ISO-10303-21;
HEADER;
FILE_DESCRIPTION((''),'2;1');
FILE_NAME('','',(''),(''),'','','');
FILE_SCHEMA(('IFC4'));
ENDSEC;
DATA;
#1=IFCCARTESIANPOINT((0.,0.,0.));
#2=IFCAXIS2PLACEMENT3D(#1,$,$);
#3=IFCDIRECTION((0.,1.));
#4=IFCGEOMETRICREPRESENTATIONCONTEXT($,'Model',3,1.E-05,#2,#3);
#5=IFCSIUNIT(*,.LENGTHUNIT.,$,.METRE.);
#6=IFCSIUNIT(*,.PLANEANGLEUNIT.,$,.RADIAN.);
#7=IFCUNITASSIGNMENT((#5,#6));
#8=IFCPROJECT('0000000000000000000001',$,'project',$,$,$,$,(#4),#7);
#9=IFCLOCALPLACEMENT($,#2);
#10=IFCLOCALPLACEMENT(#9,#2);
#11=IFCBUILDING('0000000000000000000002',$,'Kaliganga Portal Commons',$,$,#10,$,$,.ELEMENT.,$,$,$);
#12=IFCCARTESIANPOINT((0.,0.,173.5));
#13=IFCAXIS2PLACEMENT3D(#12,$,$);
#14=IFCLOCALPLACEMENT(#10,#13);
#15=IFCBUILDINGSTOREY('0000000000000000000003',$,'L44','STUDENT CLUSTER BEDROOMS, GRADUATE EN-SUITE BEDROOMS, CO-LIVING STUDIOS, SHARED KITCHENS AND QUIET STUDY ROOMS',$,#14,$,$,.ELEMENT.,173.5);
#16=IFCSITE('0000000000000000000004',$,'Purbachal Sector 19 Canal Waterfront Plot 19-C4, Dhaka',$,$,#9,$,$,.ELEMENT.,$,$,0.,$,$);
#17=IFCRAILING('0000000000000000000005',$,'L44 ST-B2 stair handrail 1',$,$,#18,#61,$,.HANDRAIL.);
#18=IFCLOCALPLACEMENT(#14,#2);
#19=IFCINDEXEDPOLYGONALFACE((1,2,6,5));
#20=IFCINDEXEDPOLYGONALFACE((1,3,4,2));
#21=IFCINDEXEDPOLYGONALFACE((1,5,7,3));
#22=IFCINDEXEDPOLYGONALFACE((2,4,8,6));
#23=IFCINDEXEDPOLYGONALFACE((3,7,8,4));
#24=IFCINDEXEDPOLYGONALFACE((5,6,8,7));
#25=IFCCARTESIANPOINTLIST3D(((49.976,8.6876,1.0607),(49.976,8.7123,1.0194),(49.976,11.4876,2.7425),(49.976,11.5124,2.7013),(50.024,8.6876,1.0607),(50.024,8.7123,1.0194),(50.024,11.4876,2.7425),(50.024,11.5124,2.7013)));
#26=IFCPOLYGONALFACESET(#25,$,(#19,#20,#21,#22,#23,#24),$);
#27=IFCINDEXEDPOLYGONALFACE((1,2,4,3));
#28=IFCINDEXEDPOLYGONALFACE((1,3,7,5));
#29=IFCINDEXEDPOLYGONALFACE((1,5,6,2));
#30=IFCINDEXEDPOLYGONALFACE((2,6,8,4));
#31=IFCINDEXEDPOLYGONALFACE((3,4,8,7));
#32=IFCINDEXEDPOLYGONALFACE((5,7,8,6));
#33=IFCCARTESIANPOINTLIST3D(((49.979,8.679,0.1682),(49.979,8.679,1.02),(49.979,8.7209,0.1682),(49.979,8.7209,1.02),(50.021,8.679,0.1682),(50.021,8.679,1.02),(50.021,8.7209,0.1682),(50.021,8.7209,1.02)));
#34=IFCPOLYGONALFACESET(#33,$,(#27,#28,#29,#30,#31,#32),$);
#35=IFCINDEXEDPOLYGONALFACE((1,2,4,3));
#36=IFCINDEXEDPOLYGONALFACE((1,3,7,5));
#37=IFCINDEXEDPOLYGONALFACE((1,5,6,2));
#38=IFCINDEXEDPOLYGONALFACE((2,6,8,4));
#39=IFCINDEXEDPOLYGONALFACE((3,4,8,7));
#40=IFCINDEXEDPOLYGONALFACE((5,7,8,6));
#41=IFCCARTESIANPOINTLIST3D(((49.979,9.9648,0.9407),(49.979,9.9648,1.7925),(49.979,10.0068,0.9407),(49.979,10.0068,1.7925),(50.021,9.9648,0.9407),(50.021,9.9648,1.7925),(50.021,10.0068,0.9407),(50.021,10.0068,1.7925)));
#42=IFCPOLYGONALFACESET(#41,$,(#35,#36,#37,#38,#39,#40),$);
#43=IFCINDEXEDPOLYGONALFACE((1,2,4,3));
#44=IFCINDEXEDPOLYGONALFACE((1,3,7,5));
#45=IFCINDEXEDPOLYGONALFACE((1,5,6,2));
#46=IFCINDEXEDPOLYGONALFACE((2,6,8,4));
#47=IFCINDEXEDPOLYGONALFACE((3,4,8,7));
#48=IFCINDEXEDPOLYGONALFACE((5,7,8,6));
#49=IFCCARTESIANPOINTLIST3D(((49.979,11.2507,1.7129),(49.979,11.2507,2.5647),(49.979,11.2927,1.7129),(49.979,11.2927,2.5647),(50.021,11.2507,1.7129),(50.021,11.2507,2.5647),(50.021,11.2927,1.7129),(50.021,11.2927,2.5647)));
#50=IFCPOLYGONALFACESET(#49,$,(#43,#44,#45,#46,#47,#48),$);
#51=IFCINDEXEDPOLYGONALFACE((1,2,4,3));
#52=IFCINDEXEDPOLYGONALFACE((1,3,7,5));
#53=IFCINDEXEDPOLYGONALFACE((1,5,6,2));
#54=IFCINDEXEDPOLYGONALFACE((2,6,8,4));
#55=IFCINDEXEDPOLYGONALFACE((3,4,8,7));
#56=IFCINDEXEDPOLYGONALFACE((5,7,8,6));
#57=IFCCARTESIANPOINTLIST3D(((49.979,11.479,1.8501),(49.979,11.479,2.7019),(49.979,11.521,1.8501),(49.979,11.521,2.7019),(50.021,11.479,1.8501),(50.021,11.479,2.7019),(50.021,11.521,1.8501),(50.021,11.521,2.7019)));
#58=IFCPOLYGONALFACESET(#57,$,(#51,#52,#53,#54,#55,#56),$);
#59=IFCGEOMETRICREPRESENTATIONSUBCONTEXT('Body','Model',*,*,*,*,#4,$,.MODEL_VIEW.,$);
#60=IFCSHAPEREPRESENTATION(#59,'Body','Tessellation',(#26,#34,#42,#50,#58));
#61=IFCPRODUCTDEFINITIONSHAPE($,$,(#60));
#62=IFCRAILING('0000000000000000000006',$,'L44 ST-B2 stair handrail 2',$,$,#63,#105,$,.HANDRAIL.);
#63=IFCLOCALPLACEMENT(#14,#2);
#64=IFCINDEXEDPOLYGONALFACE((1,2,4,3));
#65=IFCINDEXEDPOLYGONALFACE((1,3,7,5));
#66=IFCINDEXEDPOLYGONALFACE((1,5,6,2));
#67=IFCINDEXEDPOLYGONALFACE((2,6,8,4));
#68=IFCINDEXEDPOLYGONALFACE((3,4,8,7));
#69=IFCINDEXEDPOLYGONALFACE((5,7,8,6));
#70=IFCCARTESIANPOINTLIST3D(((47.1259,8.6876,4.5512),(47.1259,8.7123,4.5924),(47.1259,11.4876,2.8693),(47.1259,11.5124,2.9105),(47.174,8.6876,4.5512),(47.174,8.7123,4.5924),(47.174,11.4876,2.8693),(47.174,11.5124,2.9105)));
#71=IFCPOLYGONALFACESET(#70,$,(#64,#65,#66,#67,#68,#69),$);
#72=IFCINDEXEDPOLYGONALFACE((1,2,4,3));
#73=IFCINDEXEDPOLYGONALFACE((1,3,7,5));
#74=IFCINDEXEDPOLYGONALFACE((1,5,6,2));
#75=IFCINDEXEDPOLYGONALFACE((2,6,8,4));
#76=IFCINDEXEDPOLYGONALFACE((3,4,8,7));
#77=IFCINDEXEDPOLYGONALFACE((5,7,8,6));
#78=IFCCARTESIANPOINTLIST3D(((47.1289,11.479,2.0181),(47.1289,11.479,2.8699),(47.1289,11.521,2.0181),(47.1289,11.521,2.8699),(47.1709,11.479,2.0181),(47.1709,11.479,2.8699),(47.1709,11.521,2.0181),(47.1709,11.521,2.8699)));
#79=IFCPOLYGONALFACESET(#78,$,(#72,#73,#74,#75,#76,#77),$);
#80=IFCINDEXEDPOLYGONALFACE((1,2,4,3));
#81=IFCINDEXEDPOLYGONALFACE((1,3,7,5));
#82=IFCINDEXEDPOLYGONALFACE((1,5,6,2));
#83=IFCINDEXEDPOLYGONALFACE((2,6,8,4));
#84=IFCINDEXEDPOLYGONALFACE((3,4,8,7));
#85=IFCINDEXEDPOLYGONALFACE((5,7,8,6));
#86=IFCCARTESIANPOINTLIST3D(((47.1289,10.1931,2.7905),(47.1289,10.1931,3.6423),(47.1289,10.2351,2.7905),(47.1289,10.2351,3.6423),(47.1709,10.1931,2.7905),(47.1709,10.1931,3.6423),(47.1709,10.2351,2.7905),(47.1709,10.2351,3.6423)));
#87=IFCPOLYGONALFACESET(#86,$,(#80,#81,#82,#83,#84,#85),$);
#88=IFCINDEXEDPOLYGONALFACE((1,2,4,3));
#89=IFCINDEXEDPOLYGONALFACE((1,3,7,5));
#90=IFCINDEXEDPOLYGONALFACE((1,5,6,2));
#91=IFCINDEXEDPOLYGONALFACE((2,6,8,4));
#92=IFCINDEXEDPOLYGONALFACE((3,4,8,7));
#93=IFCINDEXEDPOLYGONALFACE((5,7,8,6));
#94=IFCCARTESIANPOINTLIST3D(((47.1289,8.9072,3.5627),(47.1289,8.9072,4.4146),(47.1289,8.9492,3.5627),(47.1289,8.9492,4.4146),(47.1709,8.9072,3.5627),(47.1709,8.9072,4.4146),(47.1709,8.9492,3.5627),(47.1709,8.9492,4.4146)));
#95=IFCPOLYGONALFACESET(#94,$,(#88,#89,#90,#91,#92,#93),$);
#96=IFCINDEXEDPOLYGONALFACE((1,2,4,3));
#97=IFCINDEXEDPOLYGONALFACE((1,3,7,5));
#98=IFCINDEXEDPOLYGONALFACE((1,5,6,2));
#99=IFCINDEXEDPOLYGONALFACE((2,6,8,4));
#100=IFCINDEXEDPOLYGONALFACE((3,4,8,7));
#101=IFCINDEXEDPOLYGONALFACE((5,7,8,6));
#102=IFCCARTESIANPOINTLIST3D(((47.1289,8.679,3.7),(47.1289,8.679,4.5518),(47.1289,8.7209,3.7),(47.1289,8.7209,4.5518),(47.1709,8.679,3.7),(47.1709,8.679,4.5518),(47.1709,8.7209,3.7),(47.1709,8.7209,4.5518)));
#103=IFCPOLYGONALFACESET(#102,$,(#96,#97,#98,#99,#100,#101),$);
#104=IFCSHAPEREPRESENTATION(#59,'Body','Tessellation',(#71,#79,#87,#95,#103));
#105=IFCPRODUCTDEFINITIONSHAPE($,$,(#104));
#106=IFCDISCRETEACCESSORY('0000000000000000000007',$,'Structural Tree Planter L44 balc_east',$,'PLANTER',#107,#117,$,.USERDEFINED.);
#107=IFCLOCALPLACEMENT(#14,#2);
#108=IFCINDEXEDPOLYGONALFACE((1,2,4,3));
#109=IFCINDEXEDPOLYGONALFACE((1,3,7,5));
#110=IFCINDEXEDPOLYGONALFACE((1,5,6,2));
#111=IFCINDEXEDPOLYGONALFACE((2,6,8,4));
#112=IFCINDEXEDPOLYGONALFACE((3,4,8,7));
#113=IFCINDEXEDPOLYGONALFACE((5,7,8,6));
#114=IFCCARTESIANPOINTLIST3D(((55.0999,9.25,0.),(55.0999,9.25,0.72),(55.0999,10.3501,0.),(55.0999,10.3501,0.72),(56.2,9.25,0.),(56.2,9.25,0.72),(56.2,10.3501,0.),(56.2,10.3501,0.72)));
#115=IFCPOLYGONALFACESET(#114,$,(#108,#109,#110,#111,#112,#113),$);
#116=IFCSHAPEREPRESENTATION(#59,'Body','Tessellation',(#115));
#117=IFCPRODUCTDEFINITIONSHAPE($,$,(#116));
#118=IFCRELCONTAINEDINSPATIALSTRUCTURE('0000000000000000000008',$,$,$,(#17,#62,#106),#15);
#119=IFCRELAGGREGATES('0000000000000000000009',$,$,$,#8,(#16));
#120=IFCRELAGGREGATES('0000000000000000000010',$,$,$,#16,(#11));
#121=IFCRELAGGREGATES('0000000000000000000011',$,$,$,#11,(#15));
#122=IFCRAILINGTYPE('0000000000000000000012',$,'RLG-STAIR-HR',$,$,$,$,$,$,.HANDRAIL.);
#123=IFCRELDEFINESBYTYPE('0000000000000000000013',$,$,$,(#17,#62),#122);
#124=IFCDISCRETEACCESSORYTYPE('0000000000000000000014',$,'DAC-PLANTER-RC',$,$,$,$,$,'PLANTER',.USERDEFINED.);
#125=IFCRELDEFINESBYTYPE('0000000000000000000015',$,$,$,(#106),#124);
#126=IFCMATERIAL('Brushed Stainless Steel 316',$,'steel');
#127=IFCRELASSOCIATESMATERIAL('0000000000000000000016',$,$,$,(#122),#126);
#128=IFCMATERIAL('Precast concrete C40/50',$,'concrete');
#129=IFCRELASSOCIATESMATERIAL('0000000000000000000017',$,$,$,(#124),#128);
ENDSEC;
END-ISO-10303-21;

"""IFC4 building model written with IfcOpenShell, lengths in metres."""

from ifc_helpers import new_model, si_unit, direction, frame, origin, origin_2d, place, context, subcontext, project, spatial, rectangle, extrude, source, transform, mapped, material, type_object, element, save


model = new_model("IFC4")

# Units and contexts
model_context = context("Model", 3, precision=1e-05, world=origin(), true_north=direction((0.0, 1.0)))
body_context = subcontext(model_context, "Body", "Model", "MODEL_VIEW")
ifc_project = project(units=[si_unit("LENGTHUNIT", "METRE"), si_unit("PLANEANGLEUNIT", "RADIAN")], contexts=[model_context])

# Site, building, storey
site_placement = place(None, origin())
site = spatial("IfcSite", under=ifc_project, at=site_placement, Name="Purbachal Sector 19 Canal Waterfront Plot 19-C4, Dhaka", CompositionType="ELEMENT", RefElevation=0.0)
building_placement = place(site_placement, origin())
building = spatial("IfcBuilding", under=site, at=building_placement, Name="Kaliganga Portal Commons", CompositionType="ELEMENT")
storey_placement = place(building_placement, frame((0.0, 0.0, 173.5)))
storey = spatial("IfcBuildingStorey", under=building, at=storey_placement, Name="L44", Description="STUDENT CLUSTER BEDROOMS, GRADUATE EN-SUITE BEDROOMS, CO-LIVING STUDIOS, SHARED KITCHENS AND QUIET STUDY ROOMS", CompositionType="ELEMENT", Elevation=173.5)

# Railings
ifc_material_1 = material(Name="Brushed Stainless Steel 316", Category="steel")
railing_type_1 = type_object("IfcRailingType", Name="RLG-STAIR-HR", PredefinedType="HANDRAIL", material=ifc_material_1)
railing_1_placement = place(storey_placement, frame((50.0, 8.7, 0.1682)))
element("IfcRailing", 1, at=railing_1_placement, inside=storey, type_object=railing_type_1, Name="L44 ST-B2 stair handrail 1", PredefinedType="HANDRAIL", context=body_context, shape_type="SweptSolid", body=[
    extrude(rectangle(XDim=0.0481, YDim=0.0481, at=origin_2d()), frame((0.0, 0.0, 0.8718), z_axis=(0.0, 0.857242, 0.514913), x_axis=(-1.0, 0.0, 0.0)), (0.0, 0.0, 1.0), 3.2664),
    extrude(rectangle(XDim=0.042, YDim=0.042, at=origin_2d()), origin(), (0.0, 0.0, 1.0), 0.8518),
    extrude(rectangle(XDim=0.042, YDim=0.042, at=origin_2d()), frame((0.0, 1.2859, 0.7725)), (0.0, 0.0, 1.0), 0.8518),
    extrude(rectangle(XDim=0.042, YDim=0.042, at=origin_2d()), frame((0.0, 2.5718, 1.5447)), (0.0, 0.0, 1.0), 0.8518),
    extrude(rectangle(XDim=0.042, YDim=0.042, at=origin_2d()), frame((0.0, 2.8, 1.6819)), (0.0, 0.0, 1.0), 0.8518),
])
railing_2_placement = place(storey_placement, frame((47.1499, 11.5, 2.0181)))
element("IfcRailing", 2, at=railing_2_placement, inside=storey, type_object=railing_type_1, Name="L44 ST-B2 stair handrail 2", PredefinedType="HANDRAIL", context=body_context, shape_type="SweptSolid", body=[
    extrude(rectangle(XDim=0.0481, YDim=0.0481, at=origin_2d()), frame((0.0, 0.0, 0.8718), z_axis=(0.0, -0.857242, 0.514913), x_axis=(1.0, 0.0, 0.0)), (0.0, 0.0, 1.0), 3.2664),
    extrude(rectangle(XDim=0.042, YDim=0.042, at=origin_2d()), origin(), (0.0, 0.0, 1.0), 0.8518),
    extrude(rectangle(XDim=0.042, YDim=0.042, at=origin_2d()), frame((0.0, -1.2859, 0.7725)), (0.0, 0.0, 1.0), 0.8518),
    extrude(rectangle(XDim=0.042, YDim=0.042, at=origin_2d()), frame((0.0, -2.5718, 1.5447)), (0.0, 0.0, 1.0), 0.8518),
    extrude(rectangle(XDim=0.042, YDim=0.042, at=origin_2d()), frame((0.0, -2.8, 1.6819)), (0.0, 0.0, 1.0), 0.8518),
])

# Discrete accessory
ifc_material_2 = material(Name="Precast concrete C40/50", Category="concrete")
discrete_accessory_type = type_object("IfcDiscreteAccessoryType", Name="DAC-PLANTER-RC", ElementType="PLANTER", PredefinedType="USERDEFINED", material=ifc_material_2)
shared_shape_1 = source(origin(), body_context, "Body", "SweptSolid", [
    extrude(rectangle(XDim=1.1001, YDim=1.1001, at=origin_2d()), origin(), (0.0, 0.0, 1.0), 0.72),
])
discrete_accessory_placement = place(storey_placement, frame((55.6499, 9.8, 0.0), z_axis=(0.0, 0.0, 1.0), x_axis=(1.0, 0.0, 0.0)))
element("IfcDiscreteAccessory", 3, at=discrete_accessory_placement, inside=storey, type_object=discrete_accessory_type, Name="Structural Tree Planter L44 balc_east", ObjectType="PLANTER", PredefinedType="USERDEFINED", context=body_context, shape_type="MappedRepresentation", body=[
    mapped(shared_shape_1, transform((0.0, 0.0, 0.0), x_axis=(1.0, 0.0, 0.0), y_axis=(0.0, 1.0, 0.0), z_axis=(0.0, 0.0, 1.0), scale=1.0)),
])

save(model, "model.ifc")
